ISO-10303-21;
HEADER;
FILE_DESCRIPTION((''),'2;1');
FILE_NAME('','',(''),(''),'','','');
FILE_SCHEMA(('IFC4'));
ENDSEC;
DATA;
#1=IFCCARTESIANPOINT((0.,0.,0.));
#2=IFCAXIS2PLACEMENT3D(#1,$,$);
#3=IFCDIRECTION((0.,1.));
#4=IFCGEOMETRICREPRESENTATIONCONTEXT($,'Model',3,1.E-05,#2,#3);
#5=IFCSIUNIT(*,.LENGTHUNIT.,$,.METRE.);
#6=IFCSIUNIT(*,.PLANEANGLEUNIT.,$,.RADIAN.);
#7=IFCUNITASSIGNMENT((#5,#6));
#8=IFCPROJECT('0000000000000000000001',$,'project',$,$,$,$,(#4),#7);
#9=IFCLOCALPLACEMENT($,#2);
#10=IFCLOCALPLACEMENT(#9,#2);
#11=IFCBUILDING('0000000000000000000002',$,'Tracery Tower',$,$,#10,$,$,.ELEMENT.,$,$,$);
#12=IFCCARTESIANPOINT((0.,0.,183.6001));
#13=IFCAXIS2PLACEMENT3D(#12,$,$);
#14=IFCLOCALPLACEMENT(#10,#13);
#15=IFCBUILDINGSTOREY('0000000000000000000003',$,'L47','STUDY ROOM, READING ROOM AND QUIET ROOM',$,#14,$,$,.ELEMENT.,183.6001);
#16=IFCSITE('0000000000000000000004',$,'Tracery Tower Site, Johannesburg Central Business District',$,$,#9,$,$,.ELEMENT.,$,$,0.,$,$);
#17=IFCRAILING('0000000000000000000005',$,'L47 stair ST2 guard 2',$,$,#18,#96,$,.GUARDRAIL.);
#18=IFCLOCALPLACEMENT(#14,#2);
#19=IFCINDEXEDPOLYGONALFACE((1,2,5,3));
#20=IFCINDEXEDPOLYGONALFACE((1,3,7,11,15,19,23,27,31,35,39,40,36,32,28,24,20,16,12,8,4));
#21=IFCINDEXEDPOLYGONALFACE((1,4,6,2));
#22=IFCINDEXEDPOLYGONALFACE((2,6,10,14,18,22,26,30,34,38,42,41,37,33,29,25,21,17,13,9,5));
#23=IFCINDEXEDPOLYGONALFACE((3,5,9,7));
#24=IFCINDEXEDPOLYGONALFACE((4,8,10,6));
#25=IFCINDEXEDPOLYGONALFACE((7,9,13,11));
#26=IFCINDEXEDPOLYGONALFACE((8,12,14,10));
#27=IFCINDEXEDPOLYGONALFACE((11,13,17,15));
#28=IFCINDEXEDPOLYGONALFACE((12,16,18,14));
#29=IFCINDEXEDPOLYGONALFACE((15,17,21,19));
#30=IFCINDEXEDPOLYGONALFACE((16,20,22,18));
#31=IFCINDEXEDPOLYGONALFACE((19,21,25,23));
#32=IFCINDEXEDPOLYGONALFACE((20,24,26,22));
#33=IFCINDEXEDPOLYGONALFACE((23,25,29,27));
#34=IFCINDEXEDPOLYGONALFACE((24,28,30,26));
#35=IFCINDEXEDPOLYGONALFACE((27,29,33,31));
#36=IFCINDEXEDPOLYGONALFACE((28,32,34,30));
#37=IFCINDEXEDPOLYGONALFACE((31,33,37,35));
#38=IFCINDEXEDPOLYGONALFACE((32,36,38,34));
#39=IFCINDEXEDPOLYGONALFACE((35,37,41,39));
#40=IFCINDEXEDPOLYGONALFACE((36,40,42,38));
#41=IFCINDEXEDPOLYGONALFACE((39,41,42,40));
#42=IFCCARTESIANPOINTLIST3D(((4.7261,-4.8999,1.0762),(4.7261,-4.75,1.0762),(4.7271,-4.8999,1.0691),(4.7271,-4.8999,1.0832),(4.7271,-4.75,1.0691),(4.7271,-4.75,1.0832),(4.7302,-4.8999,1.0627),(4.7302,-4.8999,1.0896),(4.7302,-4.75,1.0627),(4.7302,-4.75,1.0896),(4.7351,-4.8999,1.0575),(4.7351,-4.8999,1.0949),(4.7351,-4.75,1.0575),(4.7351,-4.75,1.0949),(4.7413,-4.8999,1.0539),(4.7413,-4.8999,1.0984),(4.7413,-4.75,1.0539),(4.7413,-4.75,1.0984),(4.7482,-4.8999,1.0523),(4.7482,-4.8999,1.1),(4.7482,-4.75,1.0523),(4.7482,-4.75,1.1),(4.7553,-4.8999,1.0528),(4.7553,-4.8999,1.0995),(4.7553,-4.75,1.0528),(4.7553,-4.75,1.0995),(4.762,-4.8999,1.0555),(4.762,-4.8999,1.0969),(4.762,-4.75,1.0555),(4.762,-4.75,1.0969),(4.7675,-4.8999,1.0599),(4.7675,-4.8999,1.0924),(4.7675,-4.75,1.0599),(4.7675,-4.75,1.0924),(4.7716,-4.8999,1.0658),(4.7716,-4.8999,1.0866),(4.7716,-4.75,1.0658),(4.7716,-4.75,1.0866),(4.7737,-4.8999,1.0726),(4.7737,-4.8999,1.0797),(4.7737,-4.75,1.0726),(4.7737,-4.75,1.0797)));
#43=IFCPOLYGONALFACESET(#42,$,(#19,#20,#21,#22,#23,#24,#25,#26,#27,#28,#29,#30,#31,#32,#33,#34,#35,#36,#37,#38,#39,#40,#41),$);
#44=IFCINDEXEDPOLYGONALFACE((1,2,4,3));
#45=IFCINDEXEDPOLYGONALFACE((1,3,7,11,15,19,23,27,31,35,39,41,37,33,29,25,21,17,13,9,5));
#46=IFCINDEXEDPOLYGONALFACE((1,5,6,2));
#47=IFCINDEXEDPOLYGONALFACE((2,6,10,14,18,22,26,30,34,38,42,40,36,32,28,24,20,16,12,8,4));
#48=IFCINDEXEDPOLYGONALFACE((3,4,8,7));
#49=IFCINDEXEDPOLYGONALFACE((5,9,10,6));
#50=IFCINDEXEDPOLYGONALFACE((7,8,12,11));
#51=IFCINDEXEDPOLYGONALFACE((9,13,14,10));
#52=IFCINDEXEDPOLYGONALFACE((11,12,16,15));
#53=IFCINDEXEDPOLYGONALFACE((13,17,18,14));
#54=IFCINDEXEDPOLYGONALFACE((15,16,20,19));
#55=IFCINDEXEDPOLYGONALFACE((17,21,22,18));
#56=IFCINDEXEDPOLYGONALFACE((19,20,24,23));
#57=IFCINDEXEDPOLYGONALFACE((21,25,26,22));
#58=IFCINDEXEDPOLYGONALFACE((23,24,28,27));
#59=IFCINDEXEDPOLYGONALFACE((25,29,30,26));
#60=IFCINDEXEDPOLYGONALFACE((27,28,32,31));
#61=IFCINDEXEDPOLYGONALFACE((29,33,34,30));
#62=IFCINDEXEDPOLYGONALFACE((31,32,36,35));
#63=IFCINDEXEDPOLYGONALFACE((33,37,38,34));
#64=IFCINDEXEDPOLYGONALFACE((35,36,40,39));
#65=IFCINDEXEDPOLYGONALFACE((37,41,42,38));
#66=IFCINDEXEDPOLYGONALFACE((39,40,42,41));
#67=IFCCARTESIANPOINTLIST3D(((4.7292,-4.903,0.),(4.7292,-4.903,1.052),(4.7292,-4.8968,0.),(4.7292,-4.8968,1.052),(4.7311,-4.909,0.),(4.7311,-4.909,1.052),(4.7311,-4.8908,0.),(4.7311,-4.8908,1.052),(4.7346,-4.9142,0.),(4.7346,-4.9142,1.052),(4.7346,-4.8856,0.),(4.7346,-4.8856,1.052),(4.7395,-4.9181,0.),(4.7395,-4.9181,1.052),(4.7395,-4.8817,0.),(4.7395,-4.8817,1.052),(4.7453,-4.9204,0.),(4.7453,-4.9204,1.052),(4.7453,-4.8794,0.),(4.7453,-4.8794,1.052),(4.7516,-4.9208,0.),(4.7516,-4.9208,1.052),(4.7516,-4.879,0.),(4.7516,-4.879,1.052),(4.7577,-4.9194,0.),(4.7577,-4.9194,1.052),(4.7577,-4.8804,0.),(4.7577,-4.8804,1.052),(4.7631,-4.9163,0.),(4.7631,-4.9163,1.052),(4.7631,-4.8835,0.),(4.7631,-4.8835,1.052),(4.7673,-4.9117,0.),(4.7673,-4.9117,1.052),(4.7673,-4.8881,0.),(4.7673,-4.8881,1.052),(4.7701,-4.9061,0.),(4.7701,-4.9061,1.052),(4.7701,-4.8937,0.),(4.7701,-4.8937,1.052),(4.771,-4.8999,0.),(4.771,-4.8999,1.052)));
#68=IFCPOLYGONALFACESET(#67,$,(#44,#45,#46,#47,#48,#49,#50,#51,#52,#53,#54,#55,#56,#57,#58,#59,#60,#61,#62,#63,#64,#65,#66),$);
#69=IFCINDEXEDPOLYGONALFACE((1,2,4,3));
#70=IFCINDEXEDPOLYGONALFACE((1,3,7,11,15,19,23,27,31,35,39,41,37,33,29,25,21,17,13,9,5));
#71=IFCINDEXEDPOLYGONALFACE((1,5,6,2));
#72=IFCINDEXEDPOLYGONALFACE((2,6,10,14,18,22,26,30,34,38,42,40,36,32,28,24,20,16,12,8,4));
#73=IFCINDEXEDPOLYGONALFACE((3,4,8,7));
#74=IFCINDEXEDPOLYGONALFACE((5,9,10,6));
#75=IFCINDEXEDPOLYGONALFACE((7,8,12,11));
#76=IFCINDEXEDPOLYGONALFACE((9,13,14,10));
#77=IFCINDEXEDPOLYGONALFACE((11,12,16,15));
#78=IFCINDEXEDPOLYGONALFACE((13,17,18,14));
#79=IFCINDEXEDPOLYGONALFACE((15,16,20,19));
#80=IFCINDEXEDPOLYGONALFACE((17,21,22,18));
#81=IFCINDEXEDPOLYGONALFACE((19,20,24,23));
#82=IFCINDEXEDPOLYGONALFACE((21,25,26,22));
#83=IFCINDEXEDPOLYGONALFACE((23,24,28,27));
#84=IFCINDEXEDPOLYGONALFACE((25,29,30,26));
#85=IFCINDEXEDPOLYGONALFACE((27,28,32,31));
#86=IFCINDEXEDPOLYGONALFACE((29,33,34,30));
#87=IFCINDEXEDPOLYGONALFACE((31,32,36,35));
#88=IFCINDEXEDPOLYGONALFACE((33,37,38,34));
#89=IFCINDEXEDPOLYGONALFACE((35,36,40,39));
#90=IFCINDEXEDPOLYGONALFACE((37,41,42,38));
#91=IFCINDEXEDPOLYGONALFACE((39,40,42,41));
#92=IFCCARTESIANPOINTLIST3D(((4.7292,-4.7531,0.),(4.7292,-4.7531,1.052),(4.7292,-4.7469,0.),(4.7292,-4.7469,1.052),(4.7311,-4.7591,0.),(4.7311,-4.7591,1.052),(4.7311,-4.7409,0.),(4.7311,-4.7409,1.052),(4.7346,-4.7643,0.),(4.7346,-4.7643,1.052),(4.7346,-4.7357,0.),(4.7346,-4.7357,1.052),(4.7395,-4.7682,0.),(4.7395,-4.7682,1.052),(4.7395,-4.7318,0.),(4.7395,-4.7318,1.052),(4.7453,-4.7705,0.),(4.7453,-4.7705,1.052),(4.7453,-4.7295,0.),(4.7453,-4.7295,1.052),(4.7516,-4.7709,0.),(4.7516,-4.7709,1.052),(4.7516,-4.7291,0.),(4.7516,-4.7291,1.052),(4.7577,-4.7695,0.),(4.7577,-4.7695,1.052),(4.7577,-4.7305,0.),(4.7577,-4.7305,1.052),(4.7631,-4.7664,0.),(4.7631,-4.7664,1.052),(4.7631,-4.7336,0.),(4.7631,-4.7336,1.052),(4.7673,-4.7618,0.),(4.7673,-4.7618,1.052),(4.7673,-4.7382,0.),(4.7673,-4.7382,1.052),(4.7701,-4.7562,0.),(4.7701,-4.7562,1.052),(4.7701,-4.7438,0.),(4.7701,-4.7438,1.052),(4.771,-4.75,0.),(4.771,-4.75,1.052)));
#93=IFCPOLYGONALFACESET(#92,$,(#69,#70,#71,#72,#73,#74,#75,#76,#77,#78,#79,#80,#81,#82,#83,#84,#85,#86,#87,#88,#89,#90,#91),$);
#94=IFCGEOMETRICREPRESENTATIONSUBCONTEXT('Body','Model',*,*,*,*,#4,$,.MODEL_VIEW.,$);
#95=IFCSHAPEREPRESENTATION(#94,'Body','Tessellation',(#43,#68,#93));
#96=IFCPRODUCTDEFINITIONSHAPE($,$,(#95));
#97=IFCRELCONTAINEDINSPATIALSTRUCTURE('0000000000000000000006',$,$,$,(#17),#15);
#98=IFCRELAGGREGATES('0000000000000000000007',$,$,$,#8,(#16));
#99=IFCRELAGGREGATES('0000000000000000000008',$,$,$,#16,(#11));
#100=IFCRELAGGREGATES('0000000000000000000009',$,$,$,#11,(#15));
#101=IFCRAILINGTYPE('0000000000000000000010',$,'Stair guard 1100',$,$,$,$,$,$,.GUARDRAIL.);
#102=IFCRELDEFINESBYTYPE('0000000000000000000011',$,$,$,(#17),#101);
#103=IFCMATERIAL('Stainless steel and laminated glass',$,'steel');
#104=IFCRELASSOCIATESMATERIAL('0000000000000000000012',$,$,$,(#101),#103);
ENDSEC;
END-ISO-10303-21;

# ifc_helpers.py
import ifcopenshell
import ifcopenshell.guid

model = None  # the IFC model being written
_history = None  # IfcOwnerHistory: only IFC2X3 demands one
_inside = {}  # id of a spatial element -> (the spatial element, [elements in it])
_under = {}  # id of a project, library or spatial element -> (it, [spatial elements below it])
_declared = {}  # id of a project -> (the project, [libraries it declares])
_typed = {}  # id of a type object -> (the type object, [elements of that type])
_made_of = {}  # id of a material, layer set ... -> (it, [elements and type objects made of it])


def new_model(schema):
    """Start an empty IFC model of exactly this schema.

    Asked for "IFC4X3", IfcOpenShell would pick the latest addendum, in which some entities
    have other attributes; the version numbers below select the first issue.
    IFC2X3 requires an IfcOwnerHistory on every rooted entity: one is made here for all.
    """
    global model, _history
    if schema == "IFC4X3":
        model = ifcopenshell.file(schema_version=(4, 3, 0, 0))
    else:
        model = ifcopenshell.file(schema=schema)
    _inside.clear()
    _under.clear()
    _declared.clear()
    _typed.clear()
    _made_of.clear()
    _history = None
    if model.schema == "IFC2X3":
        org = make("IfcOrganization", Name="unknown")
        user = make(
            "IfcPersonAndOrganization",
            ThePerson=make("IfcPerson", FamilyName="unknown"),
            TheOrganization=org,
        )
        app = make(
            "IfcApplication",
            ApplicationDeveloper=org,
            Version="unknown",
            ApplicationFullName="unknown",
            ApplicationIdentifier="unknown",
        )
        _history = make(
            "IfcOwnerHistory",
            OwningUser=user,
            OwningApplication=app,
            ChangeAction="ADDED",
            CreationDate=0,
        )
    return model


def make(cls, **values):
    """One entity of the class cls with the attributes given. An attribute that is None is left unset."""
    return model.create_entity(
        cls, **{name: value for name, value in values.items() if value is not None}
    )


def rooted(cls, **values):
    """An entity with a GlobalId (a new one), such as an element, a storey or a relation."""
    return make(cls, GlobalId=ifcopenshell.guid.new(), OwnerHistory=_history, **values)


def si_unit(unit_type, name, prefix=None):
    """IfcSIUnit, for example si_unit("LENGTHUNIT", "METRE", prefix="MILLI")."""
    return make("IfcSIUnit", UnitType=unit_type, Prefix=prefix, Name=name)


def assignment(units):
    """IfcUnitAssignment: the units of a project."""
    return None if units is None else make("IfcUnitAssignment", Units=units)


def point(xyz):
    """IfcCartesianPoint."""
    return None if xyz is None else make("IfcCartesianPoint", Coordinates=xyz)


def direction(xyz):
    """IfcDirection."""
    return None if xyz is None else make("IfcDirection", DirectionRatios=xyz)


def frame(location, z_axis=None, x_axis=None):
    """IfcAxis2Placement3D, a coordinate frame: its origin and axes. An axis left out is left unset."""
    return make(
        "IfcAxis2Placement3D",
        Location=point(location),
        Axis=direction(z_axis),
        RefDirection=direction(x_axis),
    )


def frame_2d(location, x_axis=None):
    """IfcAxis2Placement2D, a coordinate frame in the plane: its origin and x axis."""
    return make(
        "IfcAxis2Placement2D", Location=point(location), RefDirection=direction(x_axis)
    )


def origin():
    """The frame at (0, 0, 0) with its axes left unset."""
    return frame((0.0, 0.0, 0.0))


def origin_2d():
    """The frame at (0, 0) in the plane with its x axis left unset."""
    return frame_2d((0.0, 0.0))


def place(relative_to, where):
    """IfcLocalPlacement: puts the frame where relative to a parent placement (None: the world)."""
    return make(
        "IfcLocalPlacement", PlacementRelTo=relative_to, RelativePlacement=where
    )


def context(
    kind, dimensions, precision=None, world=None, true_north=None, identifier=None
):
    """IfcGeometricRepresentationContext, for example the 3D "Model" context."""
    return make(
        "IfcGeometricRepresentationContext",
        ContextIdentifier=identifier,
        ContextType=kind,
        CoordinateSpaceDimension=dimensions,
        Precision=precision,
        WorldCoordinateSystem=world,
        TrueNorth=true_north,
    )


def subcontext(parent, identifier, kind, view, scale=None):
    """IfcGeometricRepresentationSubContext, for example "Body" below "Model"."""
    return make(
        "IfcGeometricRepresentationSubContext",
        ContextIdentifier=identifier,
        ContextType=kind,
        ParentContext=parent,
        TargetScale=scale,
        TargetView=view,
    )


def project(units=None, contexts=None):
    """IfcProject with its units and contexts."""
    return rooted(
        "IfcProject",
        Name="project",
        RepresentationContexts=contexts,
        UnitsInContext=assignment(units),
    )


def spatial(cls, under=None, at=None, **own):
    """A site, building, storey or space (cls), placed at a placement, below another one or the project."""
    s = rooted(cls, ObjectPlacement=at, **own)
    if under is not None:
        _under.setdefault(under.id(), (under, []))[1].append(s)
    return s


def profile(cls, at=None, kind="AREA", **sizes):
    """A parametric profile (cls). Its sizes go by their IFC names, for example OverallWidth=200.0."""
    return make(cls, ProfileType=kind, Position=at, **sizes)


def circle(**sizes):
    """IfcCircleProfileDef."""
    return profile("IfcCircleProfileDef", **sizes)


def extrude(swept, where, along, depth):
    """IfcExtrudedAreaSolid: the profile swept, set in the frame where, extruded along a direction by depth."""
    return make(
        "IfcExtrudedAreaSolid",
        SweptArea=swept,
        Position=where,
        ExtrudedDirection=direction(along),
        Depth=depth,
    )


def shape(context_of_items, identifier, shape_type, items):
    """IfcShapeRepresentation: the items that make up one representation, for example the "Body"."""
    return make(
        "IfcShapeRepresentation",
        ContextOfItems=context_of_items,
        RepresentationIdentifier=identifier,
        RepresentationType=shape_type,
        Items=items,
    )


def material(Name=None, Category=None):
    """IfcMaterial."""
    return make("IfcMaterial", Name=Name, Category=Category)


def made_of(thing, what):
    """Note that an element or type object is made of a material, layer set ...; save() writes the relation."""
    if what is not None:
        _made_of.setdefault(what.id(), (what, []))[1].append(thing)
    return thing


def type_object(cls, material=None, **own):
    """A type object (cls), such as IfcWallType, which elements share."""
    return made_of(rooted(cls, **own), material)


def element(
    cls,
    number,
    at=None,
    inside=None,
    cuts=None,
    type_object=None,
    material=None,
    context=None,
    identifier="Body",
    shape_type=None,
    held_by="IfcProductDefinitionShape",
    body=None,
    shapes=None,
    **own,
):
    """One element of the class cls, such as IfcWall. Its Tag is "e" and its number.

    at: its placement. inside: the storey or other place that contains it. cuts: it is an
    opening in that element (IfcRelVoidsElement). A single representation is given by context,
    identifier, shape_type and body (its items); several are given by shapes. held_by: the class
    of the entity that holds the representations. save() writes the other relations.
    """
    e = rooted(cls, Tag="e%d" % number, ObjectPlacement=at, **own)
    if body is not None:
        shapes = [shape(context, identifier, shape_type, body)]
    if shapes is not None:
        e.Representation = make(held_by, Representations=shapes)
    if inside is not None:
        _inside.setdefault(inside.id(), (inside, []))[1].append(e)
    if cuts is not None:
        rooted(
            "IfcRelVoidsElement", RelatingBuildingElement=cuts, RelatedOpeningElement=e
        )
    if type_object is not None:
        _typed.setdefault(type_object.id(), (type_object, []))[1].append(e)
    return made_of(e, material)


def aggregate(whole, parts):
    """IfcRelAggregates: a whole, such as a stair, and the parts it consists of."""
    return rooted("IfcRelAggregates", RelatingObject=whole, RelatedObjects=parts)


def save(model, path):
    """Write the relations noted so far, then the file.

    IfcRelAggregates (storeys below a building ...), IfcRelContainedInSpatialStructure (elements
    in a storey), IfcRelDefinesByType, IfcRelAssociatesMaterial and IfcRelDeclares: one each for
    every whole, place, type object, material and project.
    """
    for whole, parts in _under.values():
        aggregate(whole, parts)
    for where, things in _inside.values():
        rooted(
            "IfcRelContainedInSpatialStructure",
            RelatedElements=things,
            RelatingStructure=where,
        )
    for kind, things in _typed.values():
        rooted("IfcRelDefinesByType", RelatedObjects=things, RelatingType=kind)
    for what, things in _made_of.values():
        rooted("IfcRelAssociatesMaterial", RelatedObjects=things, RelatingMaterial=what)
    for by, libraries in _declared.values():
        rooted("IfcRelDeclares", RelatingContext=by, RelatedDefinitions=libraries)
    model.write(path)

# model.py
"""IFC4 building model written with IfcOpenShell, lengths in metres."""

from ifc_helpers import new_model, si_unit, direction, frame, origin, origin_2d, place, context, subcontext, project, spatial, circle, extrude, material, type_object, element, save


model = new_model("IFC4")

# Units and contexts
model_context = context("Model", 3, precision=1e-05, world=origin(), true_north=direction((0.0, 1.0)))
body_context = subcontext(model_context, "Body", "Model", "MODEL_VIEW")
ifc_project = project(units=[si_unit("LENGTHUNIT", "METRE"), si_unit("PLANEANGLEUNIT", "RADIAN")], contexts=[model_context])

# Site, building, storey
site_placement = place(None, origin())
site = spatial("IfcSite", under=ifc_project, at=site_placement, Name="Tracery Tower Site, Johannesburg Central Business District", CompositionType="ELEMENT", RefElevation=0.0)
building_placement = place(site_placement, origin())
building = spatial("IfcBuilding", under=site, at=building_placement, Name="Tracery Tower", CompositionType="ELEMENT")
storey_placement = place(building_placement, frame((0.0, 0.0, 183.6001)))
storey = spatial("IfcBuildingStorey", under=building, at=storey_placement, Name="L47", Description="STUDY ROOM, READING ROOM AND QUIET ROOM", CompositionType="ELEMENT", Elevation=183.6001)

# Railing
ifc_material_1 = material(Name="Stainless steel and laminated glass", Category="steel")
railing_type_1 = type_object("IfcRailingType", Name="Stair guard 1100", PredefinedType="GUARDRAIL", material=ifc_material_1)
railing_1_placement = place(storey_placement, frame((4.75, -4.8999, 0.0)))
element("IfcRailing", 1, at=railing_1_placement, inside=storey, type_object=railing_type_1, Name="L47 stair ST2 guard 2", PredefinedType="GUARDRAIL", context=body_context, shape_type="SweptSolid", body=[
    extrude(circle(Radius=0.0239, at=origin_2d()), frame((0.0, 0.0, 1.0762), z_axis=(0.0, 1.0, 0.0), x_axis=(-1.0, 0.0, 0.0)), (0.0, 0.0, 1.0), 0.1499),
    extrude(circle(Radius=0.021, at=origin_2d()), origin(), (0.0, 0.0, 1.0), 1.052),
    extrude(circle(Radius=0.021, at=origin_2d()), frame((0.0, 0.1499, 0.0)), (0.0, 0.0, 1.0), 1.052),
])

save(model, "model.ifc")
